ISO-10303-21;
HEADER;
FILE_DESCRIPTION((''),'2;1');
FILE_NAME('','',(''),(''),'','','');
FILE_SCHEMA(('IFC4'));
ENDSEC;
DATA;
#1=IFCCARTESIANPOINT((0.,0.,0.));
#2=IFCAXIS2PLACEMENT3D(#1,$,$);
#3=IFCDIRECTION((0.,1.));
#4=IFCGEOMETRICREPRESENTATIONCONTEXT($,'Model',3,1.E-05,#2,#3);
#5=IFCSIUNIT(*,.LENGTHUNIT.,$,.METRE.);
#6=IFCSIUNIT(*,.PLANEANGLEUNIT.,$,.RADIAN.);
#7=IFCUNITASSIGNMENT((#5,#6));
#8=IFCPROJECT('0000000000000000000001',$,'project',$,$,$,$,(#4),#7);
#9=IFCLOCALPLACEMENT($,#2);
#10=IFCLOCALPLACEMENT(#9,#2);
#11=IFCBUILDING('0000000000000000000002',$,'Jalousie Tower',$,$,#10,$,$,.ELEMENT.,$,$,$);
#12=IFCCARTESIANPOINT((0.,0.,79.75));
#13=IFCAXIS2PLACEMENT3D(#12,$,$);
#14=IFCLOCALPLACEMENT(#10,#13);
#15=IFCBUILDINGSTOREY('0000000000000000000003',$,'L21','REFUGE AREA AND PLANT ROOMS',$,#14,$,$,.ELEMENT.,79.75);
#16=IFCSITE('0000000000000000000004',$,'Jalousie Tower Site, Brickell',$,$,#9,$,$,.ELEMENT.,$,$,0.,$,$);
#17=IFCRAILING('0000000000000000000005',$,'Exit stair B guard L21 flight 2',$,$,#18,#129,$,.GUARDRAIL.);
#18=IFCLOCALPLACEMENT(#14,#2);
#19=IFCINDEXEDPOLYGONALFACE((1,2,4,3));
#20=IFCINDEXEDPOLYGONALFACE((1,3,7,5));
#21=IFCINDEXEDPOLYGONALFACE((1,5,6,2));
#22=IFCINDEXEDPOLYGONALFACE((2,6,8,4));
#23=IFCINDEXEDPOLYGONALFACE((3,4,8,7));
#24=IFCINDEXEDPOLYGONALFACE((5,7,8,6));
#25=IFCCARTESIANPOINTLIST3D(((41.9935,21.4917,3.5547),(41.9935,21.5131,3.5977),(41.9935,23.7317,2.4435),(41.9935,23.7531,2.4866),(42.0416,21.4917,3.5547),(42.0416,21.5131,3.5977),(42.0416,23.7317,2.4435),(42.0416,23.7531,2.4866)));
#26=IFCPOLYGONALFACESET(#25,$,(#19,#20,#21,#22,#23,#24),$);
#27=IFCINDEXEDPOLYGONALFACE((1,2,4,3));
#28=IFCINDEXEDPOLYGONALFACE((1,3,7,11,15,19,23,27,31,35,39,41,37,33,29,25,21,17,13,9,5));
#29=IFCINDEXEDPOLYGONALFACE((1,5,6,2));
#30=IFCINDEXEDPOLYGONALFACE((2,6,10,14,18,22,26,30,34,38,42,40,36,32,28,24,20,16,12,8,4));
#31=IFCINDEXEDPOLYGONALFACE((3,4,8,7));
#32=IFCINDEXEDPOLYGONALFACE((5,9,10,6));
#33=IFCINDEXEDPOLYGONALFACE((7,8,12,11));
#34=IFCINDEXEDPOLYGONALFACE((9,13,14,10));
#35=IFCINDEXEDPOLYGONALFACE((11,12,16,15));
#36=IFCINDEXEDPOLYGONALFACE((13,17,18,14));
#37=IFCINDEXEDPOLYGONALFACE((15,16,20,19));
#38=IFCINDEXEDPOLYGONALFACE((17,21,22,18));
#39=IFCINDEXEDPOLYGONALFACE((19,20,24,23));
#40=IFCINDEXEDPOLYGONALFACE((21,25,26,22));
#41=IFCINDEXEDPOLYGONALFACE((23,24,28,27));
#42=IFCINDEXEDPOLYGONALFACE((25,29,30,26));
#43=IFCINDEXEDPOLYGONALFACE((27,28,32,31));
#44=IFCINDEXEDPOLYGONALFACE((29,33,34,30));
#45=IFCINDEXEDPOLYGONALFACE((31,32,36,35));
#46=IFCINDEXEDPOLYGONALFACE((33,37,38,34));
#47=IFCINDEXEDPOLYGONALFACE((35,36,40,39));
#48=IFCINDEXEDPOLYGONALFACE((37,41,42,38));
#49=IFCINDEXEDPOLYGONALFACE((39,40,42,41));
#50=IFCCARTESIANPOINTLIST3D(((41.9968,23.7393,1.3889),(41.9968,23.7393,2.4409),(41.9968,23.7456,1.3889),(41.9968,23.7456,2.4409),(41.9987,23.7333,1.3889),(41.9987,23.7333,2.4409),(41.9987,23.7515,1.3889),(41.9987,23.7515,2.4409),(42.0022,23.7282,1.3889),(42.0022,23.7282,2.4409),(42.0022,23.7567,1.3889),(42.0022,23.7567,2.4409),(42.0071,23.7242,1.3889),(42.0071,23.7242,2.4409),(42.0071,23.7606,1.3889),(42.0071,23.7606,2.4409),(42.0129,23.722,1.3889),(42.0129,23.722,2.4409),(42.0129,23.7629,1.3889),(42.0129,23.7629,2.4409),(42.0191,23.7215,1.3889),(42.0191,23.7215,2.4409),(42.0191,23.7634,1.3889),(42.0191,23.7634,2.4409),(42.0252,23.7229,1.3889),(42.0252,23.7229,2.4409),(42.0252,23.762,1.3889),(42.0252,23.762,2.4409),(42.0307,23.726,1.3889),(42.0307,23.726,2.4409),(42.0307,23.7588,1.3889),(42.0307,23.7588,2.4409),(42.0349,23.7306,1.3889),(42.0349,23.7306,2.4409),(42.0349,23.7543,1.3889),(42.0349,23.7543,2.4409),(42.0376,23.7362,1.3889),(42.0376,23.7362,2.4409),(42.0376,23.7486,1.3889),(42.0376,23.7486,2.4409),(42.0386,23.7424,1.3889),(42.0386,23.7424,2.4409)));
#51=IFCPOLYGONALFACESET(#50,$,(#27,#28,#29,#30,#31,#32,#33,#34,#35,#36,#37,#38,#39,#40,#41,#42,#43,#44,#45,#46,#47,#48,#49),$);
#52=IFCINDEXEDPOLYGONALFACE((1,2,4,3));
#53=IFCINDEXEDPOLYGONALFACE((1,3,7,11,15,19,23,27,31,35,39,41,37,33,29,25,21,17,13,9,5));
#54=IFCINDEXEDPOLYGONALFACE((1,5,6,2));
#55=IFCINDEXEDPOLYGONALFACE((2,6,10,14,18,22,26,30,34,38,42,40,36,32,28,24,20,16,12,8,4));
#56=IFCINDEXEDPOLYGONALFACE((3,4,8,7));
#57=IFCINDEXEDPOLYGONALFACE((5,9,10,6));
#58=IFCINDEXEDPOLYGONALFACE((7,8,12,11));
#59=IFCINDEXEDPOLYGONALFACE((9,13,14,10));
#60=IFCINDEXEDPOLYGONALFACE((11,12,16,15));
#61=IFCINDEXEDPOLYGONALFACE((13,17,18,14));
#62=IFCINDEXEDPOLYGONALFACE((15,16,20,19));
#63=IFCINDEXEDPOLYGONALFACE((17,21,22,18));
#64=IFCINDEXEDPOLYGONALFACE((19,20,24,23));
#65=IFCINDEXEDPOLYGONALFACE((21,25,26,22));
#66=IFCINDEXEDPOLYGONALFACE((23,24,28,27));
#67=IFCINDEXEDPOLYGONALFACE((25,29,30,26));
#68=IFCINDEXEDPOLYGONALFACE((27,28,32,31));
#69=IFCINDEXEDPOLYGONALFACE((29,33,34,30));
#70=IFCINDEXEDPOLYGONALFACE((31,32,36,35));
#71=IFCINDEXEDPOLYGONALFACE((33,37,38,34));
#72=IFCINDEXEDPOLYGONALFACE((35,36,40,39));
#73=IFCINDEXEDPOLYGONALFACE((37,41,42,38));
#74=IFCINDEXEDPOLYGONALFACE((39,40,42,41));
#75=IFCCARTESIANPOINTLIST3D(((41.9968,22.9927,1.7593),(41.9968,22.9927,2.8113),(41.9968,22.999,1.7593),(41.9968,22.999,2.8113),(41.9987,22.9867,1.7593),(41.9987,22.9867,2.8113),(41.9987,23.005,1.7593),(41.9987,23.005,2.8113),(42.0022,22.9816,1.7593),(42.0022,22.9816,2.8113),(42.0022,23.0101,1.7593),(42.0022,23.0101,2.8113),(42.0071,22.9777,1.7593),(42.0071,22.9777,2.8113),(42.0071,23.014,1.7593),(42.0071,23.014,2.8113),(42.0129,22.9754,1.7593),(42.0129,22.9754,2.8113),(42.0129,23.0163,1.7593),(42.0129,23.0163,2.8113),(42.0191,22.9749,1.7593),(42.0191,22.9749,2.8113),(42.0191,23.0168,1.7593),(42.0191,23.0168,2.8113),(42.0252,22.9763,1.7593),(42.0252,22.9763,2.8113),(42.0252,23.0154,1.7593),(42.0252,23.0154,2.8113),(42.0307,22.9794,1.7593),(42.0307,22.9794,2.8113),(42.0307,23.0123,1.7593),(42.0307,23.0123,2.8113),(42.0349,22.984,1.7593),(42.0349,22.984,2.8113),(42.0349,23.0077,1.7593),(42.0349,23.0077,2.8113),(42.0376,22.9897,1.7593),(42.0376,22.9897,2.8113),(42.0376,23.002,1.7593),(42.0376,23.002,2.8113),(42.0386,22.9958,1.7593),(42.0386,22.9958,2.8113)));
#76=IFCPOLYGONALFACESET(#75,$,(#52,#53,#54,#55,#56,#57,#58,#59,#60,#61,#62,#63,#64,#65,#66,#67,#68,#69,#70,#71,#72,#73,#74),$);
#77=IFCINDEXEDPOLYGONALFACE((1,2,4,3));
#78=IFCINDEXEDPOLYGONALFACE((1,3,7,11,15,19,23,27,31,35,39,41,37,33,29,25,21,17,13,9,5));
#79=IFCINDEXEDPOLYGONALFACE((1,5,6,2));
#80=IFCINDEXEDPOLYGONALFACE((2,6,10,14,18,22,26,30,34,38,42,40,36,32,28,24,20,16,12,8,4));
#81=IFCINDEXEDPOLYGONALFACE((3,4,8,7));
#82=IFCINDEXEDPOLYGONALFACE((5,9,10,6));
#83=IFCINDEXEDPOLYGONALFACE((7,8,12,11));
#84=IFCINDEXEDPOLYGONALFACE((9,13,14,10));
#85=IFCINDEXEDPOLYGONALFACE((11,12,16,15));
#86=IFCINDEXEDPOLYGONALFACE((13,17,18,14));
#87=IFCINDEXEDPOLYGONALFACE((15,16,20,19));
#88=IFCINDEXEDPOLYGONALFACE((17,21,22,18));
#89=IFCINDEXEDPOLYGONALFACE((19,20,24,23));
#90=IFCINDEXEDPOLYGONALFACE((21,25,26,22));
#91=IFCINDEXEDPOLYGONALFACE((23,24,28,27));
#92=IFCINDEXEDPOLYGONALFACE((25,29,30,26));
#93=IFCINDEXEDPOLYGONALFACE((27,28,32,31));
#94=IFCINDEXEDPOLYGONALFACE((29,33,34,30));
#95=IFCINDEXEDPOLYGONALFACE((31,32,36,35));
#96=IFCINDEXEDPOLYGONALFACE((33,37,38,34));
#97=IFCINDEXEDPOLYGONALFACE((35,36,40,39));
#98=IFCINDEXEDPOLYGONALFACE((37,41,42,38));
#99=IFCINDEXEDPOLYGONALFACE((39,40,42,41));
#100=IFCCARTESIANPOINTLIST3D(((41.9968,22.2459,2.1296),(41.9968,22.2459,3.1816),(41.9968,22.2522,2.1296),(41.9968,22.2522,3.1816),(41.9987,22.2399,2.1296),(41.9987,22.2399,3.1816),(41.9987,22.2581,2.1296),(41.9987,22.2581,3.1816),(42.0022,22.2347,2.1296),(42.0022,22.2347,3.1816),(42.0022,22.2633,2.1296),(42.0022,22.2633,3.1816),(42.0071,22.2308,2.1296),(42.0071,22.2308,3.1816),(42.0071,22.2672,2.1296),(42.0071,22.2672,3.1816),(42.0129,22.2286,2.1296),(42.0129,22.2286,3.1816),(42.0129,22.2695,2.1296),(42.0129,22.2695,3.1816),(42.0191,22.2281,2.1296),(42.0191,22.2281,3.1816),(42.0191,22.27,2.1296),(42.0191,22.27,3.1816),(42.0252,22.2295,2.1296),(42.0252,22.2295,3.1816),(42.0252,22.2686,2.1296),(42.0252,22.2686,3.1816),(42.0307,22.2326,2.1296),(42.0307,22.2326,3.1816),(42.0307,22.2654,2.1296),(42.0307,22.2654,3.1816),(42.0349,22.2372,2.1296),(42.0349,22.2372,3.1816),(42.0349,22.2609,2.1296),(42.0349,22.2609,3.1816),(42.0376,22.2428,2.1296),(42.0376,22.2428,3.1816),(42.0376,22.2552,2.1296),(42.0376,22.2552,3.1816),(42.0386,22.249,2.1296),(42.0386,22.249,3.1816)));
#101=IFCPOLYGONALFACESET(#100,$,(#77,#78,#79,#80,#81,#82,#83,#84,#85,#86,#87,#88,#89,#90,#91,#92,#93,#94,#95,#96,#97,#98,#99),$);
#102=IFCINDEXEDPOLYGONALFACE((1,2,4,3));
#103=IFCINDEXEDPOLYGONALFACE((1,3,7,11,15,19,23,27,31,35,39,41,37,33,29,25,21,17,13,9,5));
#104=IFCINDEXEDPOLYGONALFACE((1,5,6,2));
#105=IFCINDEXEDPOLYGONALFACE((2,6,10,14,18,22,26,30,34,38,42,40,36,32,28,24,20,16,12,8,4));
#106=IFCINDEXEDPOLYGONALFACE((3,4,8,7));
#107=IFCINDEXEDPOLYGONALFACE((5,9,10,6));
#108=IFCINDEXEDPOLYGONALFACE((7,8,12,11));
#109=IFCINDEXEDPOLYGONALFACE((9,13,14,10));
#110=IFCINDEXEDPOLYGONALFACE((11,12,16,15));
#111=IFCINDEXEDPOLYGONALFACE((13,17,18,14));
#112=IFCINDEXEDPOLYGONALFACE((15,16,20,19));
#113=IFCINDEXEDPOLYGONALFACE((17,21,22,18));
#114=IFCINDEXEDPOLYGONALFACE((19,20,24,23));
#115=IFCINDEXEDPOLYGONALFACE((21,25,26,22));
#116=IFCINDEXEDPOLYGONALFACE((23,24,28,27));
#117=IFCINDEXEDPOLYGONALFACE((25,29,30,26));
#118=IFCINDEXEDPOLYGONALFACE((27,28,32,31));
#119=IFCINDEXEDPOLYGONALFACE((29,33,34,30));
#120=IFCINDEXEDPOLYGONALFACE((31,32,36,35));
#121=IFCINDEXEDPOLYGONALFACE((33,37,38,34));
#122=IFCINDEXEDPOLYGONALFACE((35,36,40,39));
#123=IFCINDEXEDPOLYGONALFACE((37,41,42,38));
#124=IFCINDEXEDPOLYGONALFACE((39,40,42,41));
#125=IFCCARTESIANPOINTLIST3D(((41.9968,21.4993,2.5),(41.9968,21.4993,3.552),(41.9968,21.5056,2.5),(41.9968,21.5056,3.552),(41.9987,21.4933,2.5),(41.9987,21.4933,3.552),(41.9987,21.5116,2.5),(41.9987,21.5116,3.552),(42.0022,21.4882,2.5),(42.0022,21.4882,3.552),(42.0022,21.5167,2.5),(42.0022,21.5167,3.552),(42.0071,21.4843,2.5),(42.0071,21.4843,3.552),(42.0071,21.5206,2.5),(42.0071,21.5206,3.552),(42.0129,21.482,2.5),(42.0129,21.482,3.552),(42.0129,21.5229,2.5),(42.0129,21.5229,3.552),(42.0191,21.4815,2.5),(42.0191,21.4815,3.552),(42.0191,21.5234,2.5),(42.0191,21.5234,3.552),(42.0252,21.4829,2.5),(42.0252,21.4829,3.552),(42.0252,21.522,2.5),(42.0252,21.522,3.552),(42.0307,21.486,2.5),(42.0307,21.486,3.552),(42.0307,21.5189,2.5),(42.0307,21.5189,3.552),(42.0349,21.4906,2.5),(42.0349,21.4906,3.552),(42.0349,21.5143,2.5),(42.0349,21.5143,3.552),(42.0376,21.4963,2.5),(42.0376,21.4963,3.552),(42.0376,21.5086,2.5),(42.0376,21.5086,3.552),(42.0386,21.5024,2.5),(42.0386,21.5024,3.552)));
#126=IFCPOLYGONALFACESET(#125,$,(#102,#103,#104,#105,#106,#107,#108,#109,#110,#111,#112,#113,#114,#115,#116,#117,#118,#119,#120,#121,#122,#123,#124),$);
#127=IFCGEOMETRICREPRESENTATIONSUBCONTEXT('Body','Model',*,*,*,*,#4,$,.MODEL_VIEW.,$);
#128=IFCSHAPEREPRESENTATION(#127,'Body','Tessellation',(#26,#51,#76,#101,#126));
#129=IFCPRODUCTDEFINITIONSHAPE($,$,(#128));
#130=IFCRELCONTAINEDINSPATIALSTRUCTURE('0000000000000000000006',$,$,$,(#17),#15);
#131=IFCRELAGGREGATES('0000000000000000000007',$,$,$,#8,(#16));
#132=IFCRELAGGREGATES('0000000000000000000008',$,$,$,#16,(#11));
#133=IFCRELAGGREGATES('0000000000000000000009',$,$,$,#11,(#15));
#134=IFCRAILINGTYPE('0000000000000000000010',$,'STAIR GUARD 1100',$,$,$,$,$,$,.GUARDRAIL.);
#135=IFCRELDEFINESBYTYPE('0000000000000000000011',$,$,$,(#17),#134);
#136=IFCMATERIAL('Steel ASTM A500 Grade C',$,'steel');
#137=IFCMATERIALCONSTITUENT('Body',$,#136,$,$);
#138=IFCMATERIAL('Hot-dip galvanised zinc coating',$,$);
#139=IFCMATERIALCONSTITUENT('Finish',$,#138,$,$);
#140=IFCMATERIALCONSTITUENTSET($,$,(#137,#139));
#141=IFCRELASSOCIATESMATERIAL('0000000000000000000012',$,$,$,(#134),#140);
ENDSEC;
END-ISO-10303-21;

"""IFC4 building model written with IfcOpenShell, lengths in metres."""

from ifc_helpers import new_model, si_unit, direction, frame, origin, origin_2d, place, context, subcontext, project, spatial, rectangle, circle, extrude, material, constituent, constituent_set, type_object, element, save


model = new_model("IFC4")

# Units and contexts
model_context = context("Model", 3, precision=1e-05, world=origin(), true_north=direction((0.0, 1.0)))
body_context = subcontext(model_context, "Body", "Model", "MODEL_VIEW")
ifc_project = project(units=[si_unit("LENGTHUNIT", "METRE"), si_unit("PLANEANGLEUNIT", "RADIAN")], contexts=[model_context])

# Site, building, storey
site_placement = place(None, origin())
site = spatial("IfcSite", under=ifc_project, at=site_placement, Name="Jalousie Tower Site, Brickell", CompositionType="ELEMENT", RefElevation=0.0)
building_placement = place(site_placement, origin())
building = spatial("IfcBuilding", under=site, at=building_placement, Name="Jalousie Tower", CompositionType="ELEMENT")
storey_placement = place(building_placement, frame((0.0, 0.0, 79.75)))
storey = spatial("IfcBuildingStorey", under=building, at=storey_placement, Name="L21", Description="REFUGE AREA AND PLANT ROOMS", CompositionType="ELEMENT", Elevation=79.75)

# Railing
ifc_material_1 = material(Name="Steel ASTM A500 Grade C", Category="steel")
ifc_constituent_1 = constituent(ifc_material_1, Name="Body")
ifc_material_2 = material(Name="Hot-dip galvanised zinc coating")
ifc_constituent_2 = constituent(ifc_material_2, Name="Finish")
ifc_constituent_set_1 = constituent_set(constituents=[ifc_constituent_1, ifc_constituent_2])
railing_type_1 = type_object("IfcRailingType", Name="STAIR GUARD 1100", PredefinedType="GUARDRAIL", material=ifc_constituent_set_1)
for number, where, name in (
    (1, (42.0176, 23.7424, 1.3889), "Exit stair B guard L21 flight 2"),
):
    element("IfcRailing", number, at=place(storey_placement, frame(where)), inside=storey, type_object=railing_type_1, Name=name, PredefinedType="GUARDRAIL", context=body_context, shape_type="SweptSolid", body=[
        extrude(rectangle(XDim=0.0481, YDim=0.0481, at=origin_2d()), frame((0.0, 0.0, 1.0762), z_axis=(0.0, -0.895848, 0.44436), x_axis=(1.0, 0.0, 0.0)), (0.0, 0.0, 1.0), 2.5005),
        extrude(circle(Radius=0.021, at=origin_2d()), origin(), (0.0, 0.0, 1.0), 1.052),
        extrude(circle(Radius=0.021, at=origin_2d()), frame((0.0, -0.7466, 0.3704)), (0.0, 0.0, 1.0), 1.052),
        extrude(circle(Radius=0.021, at=origin_2d()), frame((0.0, -1.4934, 0.7407)), (0.0, 0.0, 1.0), 1.052),
        extrude(circle(Radius=0.021, at=origin_2d()), frame((0.0, -2.24, 1.1111)), (0.0, 0.0, 1.0), 1.052),
    ])

save(model, "model.ifc")
